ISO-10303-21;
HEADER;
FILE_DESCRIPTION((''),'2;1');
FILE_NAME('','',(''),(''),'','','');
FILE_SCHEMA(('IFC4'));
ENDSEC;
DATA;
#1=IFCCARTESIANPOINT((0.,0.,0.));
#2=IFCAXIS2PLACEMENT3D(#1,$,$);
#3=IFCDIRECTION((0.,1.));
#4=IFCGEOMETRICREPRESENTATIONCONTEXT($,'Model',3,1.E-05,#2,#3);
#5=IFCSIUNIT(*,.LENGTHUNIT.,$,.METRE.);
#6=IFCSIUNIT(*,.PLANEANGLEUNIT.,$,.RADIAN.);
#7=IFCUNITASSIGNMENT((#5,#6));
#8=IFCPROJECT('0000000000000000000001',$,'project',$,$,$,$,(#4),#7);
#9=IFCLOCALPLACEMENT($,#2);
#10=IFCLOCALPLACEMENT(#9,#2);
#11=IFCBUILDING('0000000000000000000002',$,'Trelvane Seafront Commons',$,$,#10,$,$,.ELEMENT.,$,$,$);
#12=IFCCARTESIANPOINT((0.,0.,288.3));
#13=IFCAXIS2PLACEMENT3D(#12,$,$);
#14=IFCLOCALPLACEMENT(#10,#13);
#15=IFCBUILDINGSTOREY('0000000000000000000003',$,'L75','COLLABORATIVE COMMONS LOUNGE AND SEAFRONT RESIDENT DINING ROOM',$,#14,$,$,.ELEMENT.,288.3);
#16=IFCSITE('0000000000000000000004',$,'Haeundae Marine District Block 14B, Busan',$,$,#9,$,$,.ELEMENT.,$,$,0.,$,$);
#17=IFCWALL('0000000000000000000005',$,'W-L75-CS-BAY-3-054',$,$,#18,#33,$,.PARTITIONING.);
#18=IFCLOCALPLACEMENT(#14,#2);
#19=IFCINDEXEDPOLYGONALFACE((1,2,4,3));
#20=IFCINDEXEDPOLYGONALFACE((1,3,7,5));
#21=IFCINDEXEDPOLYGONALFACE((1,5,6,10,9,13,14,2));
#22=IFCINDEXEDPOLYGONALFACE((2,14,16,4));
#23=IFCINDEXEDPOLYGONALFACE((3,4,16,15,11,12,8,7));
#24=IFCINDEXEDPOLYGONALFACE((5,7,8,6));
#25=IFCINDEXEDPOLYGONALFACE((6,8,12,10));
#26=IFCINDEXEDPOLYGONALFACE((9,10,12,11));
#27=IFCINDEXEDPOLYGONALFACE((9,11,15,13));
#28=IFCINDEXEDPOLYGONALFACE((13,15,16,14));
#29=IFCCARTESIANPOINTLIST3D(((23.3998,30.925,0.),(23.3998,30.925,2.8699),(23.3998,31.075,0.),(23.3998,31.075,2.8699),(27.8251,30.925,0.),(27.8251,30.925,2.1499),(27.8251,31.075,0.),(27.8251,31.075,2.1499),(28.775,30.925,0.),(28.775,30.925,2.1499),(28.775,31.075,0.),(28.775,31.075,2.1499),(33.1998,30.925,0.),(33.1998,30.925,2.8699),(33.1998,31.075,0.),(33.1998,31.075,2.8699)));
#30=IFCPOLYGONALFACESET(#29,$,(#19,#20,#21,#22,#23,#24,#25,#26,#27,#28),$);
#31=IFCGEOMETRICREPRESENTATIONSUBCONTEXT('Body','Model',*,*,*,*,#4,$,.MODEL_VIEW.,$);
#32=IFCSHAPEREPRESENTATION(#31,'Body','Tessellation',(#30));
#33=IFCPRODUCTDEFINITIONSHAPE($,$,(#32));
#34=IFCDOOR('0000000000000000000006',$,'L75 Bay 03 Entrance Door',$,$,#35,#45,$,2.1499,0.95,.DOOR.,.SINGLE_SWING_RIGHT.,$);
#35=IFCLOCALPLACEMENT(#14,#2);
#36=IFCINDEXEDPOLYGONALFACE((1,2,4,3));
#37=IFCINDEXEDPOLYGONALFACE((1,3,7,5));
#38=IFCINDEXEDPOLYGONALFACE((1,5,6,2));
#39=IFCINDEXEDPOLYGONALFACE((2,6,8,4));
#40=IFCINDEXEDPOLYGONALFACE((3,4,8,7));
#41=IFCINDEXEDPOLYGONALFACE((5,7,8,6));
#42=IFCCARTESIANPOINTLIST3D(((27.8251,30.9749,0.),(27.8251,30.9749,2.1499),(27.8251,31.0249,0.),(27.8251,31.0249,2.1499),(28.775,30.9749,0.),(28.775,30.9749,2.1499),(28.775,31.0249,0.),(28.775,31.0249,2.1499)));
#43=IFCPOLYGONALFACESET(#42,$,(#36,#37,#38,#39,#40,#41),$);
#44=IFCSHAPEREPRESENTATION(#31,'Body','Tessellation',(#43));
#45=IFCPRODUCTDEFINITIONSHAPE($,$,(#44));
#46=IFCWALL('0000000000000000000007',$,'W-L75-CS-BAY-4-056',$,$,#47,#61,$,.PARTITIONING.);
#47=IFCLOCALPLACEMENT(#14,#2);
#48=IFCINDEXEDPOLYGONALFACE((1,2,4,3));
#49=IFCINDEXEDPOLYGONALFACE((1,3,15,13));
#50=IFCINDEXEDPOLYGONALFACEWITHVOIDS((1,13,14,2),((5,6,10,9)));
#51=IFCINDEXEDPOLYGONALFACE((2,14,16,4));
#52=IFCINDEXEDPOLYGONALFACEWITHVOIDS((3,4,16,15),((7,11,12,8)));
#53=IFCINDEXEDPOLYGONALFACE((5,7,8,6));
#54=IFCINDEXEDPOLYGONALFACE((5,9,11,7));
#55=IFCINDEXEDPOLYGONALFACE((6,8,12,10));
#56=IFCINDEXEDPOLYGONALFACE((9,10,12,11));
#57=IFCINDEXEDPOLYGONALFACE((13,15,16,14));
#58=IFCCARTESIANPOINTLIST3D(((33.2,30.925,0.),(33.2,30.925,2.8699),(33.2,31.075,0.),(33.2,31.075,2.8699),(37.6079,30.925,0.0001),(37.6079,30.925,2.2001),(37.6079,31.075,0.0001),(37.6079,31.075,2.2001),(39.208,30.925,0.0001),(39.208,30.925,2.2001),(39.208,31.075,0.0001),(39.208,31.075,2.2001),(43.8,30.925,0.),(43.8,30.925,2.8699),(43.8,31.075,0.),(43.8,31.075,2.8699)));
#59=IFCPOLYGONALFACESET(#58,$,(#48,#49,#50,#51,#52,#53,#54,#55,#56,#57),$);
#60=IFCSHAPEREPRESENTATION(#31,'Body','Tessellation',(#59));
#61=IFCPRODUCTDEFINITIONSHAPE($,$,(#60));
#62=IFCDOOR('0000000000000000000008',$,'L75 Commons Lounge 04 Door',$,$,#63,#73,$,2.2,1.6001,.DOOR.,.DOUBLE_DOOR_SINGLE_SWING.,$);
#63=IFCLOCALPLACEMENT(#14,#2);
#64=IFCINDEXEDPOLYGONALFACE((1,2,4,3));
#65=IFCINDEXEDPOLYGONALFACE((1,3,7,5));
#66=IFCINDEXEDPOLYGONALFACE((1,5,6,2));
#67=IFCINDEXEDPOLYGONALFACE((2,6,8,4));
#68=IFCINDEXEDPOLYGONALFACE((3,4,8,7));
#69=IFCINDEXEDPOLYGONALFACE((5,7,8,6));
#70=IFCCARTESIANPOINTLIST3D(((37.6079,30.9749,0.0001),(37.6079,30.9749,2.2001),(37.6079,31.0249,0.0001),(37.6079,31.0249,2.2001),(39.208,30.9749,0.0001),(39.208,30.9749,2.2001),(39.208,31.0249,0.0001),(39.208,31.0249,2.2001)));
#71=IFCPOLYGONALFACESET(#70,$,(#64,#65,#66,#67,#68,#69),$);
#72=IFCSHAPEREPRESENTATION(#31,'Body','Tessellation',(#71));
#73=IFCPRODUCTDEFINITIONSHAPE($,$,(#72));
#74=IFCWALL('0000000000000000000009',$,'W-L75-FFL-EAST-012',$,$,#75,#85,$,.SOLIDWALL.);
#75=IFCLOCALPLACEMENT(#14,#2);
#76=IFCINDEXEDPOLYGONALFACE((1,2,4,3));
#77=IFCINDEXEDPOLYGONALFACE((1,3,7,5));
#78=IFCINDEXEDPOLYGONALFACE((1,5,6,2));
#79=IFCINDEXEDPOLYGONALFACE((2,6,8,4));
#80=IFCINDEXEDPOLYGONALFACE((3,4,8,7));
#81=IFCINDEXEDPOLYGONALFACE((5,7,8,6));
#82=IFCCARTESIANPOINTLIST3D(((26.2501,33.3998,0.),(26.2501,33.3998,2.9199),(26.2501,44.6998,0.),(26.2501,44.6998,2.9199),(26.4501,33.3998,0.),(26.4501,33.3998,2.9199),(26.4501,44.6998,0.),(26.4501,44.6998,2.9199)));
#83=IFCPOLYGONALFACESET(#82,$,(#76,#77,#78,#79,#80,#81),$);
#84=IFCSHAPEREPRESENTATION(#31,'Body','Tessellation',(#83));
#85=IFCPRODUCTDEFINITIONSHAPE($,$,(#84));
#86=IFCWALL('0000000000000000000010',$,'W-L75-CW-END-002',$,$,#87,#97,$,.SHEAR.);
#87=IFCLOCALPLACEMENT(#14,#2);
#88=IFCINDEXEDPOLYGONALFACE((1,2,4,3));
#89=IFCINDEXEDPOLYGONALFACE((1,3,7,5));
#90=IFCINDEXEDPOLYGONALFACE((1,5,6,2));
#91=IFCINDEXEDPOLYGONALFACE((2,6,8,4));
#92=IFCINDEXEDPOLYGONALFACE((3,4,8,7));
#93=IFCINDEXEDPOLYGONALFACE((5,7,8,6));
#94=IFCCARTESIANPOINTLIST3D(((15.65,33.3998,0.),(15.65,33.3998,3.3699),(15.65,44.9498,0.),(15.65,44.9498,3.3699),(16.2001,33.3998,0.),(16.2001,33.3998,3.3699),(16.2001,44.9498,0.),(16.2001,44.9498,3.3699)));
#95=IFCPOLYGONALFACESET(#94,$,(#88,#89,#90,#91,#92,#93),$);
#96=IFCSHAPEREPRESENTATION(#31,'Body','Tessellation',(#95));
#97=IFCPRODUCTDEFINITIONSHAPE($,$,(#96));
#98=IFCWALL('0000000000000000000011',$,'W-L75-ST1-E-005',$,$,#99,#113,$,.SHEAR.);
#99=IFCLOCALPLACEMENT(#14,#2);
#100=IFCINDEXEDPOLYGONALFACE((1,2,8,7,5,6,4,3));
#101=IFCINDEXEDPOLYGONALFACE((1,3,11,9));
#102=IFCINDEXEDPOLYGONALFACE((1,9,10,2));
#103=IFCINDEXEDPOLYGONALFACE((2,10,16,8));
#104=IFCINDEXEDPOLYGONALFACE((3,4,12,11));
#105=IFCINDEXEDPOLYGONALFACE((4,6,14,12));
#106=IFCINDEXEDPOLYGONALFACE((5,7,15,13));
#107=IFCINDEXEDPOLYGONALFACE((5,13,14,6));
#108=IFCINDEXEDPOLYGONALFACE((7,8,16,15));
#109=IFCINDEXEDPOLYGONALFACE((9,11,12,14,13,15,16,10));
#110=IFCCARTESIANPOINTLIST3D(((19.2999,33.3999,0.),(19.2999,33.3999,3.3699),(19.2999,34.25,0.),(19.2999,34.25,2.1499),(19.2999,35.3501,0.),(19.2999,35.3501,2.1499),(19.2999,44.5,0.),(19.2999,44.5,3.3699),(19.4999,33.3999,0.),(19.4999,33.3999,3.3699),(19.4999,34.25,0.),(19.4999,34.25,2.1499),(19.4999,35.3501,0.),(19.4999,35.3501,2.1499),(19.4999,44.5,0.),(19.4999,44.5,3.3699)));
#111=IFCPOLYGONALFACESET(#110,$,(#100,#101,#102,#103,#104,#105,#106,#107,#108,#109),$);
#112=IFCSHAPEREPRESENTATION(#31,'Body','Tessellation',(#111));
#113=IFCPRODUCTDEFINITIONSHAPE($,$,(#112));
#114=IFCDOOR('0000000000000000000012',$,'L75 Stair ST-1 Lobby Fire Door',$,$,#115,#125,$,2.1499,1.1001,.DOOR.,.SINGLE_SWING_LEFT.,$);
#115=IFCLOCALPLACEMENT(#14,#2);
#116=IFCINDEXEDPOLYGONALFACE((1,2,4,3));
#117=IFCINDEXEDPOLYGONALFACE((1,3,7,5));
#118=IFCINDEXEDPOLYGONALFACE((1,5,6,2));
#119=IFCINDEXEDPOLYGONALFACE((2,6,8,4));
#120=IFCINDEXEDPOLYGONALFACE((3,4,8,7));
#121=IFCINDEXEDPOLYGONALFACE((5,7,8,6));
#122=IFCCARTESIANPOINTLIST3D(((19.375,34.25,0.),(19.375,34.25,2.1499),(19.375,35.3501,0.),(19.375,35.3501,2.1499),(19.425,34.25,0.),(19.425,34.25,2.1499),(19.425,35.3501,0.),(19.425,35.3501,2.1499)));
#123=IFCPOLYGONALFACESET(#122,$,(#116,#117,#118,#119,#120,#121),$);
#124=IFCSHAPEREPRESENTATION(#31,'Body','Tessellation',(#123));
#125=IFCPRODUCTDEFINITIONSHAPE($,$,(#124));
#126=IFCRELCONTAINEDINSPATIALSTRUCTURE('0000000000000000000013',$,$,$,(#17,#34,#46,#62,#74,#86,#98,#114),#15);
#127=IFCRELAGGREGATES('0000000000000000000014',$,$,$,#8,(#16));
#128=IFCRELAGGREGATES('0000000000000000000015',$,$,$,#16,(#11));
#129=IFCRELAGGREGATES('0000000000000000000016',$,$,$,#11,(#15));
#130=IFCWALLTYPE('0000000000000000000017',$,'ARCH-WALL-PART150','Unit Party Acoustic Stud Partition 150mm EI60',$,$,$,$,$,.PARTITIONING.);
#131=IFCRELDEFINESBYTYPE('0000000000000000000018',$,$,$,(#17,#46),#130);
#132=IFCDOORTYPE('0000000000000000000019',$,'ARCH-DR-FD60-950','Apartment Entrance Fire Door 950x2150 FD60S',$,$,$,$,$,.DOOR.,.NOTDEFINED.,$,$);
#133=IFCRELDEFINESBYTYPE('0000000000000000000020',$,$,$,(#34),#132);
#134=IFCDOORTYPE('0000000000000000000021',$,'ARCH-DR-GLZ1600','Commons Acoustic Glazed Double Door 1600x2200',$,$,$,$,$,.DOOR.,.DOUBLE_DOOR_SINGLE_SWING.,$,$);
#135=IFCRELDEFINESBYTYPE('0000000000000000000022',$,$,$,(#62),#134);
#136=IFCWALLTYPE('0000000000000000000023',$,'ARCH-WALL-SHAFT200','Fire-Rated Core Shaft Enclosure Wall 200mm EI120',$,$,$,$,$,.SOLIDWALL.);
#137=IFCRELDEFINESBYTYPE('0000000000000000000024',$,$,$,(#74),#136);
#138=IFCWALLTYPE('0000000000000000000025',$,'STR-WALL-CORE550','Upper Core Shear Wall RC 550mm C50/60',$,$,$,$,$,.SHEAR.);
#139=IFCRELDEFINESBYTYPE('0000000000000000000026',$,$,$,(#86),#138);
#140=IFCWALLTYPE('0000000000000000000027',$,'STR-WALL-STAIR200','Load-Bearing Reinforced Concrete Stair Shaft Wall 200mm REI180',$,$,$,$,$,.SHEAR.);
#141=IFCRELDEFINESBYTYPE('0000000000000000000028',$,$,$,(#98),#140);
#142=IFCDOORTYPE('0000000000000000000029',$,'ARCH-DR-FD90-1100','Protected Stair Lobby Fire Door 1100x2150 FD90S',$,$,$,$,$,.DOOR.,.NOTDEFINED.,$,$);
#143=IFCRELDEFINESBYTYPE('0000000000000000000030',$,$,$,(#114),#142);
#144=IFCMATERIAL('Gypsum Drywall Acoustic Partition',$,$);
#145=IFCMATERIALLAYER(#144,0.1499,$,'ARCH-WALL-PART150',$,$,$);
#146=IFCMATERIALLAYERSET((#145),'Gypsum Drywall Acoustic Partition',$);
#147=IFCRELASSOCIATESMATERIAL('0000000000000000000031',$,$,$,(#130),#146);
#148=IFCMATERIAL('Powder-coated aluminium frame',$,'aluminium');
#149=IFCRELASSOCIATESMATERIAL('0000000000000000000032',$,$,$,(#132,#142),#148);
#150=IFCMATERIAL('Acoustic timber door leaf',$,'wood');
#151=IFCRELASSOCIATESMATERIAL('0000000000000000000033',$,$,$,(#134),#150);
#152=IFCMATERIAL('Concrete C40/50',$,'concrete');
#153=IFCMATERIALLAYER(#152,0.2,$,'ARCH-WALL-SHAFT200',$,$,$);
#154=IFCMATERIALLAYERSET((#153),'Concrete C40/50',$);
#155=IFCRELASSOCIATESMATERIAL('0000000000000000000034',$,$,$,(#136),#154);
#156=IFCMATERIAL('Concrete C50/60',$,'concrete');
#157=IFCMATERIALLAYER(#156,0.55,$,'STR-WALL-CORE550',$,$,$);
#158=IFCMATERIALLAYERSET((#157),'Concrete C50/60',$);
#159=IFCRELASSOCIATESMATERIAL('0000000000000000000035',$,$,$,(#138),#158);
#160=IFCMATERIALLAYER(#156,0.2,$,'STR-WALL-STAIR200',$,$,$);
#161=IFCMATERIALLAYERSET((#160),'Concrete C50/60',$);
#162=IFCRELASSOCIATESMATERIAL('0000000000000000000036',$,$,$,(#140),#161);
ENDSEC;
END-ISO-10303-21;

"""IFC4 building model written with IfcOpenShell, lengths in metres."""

from ifc_helpers import new_model, si_unit, direction, frame, frame_2d, origin, place, context, subcontext, project, spatial, rectangle, extrude, source, transform, mapped, material, layer, layer_set, type_object, element, fill, save


model = new_model("IFC4")

# Units and contexts
model_context = context("Model", 3, precision=1e-05, world=origin(), true_north=direction((0.0, 1.0)))
body_context = subcontext(model_context, "Body", "Model", "MODEL_VIEW")
ifc_project = project(units=[si_unit("LENGTHUNIT", "METRE"), si_unit("PLANEANGLEUNIT", "RADIAN")], contexts=[model_context])

# Site, building, storey
site_placement = place(None, origin())
site = spatial("IfcSite", under=ifc_project, at=site_placement, Name="Haeundae Marine District Block 14B, Busan", CompositionType="ELEMENT", RefElevation=0.0)
building_placement = place(site_placement, origin())
building = spatial("IfcBuilding", under=site, at=building_placement, Name="Trelvane Seafront Commons", CompositionType="ELEMENT")
storey_placement = place(building_placement, frame((0.0, 0.0, 288.3)))
storey = spatial("IfcBuildingStorey", under=building, at=storey_placement, Name="L75", Description="COLLABORATIVE COMMONS LOUNGE AND SEAFRONT RESIDENT DINING ROOM", CompositionType="ELEMENT", Elevation=288.3)

# Shared definitions
ifc_material_1 = material(Name="Concrete C50/60", Category="concrete")

# Shared definitions
ifc_material_2 = material(Name="Concrete C40/50", Category="concrete")
ifc_material_3 = material(Name="Powder-coated aluminium frame", Category="aluminium")
shared_shape_1 = source(origin(), body_context, "Body", "SweptSolid", [
    extrude(rectangle(XDim=1.6001, YDim=2.2, at=frame_2d((0.8, 1.1001))), frame((0.0, 0.0249, 0.0), z_axis=(0.0, -1.0, 0.0), x_axis=(1.0, 0.0, 0.0)), (0.0, 0.0, 1.0), 0.05),
])
ifc_material_4 = material(Name="Acoustic timber door leaf", Category="wood")
shared_shape_2 = source(origin(), body_context, "Body", "SweptSolid", [
    extrude(rectangle(XDim=0.95, YDim=2.1499, at=frame_2d((0.4751, 1.075))), frame((0.0, 0.0249, 0.0), z_axis=(0.0, -1.0, 0.0), x_axis=(1.0, 0.0, 0.0)), (0.0, 0.0, 1.0), 0.05),
])
ifc_material_5 = material(Name="Gypsum Drywall Acoustic Partition")

# Shared definitions
ifc_layer_1 = layer(ifc_material_5, 0.1499, Name="ARCH-WALL-PART150")
ifc_layer_set_1 = layer_set([ifc_layer_1], Name="Gypsum Drywall Acoustic Partition")
wall_type_1 = type_object("IfcWallType", Name="ARCH-WALL-PART150", Description="Unit Party Acoustic Stud Partition 150mm EI60", PredefinedType="PARTITIONING", material=ifc_layer_set_1)

# Walls, openings, doors
wall_1_placement = place(storey_placement, frame((23.3999, 31.0, 0.0), z_axis=(0.0, 0.0, 1.0), x_axis=(1.0, 0.0, 0.0)))
wall_1 = element("IfcWall", 1, at=wall_1_placement, inside=storey, type_object=wall_type_1, Name="W-L75-CS-BAY-3-054", PredefinedType="PARTITIONING", context=body_context, shape_type="SweptSolid", body=[
    extrude(rectangle(XDim=9.8, YDim=0.1499, at=frame_2d((4.8999, 0.0))), origin(), (0.0, 0.0, 1.0), 2.8699),
])
opening_1_placement = place(wall_1_placement, frame((4.425, 0.0, 0.0)))
opening_1 = element("IfcOpeningElement", 2, at=opening_1_placement, cuts=wall_1, PredefinedType="OPENING", context=body_context, shape_type="SweptSolid", body=[
    extrude(rectangle(XDim=0.95, YDim=2.1499, at=frame_2d((0.4751, 1.075))), frame((0.0, 0.085, 0.0), z_axis=(0.0, -1.0, 0.0), x_axis=(1.0, 0.0, 0.0)), (0.0, 0.0, 1.0), 0.1699),
])
door_type_1 = type_object("IfcDoorType", Name="ARCH-DR-FD60-950", Description="Apartment Entrance Fire Door 950x2150 FD60S", OperationType="NOTDEFINED", PredefinedType="DOOR", material=ifc_material_3)
door_1_placement = place(opening_1_placement, origin())
door_1 = element("IfcDoor", 3, at=door_1_placement, inside=storey, type_object=door_type_1, Name="L75 Bay 03 Entrance Door", OperationType="SINGLE_SWING_RIGHT", OverallHeight=2.1499, OverallWidth=0.95, PredefinedType="DOOR", context=body_context, shape_type="MappedRepresentation", body=[
    mapped(shared_shape_2, transform((0.0, 0.0, 0.0), x_axis=(1.0, 0.0, 0.0), y_axis=(0.0, 1.0, 0.0), z_axis=(0.0, 0.0, 1.0), scale=1.0)),
])
fill(opening_1, door_1)
wall_2_placement = place(storey_placement, frame((33.2, 31.0, 0.0), z_axis=(0.0, 0.0, 1.0), x_axis=(1.0, 0.0, 0.0)))
wall_2 = element("IfcWall", 4, at=wall_2_placement, inside=storey, type_object=wall_type_1, Name="W-L75-CS-BAY-4-056", PredefinedType="PARTITIONING", context=body_context, shape_type="SweptSolid", body=[
    extrude(rectangle(XDim=10.6001, YDim=0.1499, at=frame_2d((5.3, 0.0))), origin(), (0.0, 0.0, 1.0), 2.8699),
])
opening_2_placement = place(wall_2_placement, frame((4.408, 0.0, 0.0)))
opening_2 = element("IfcOpeningElement", 5, at=opening_2_placement, cuts=wall_2, PredefinedType="OPENING", context=body_context, shape_type="SweptSolid", body=[
    extrude(rectangle(XDim=1.6001, YDim=2.2, at=frame_2d((0.8, 1.1001))), frame((0.0, 0.085, 0.0), z_axis=(0.0, -1.0, 0.0), x_axis=(1.0, 0.0, 0.0)), (0.0, 0.0, 1.0), 0.1699),
])
door_type_2 = type_object("IfcDoorType", Name="ARCH-DR-GLZ1600", Description="Commons Acoustic Glazed Double Door 1600x2200", OperationType="DOUBLE_DOOR_SINGLE_SWING", PredefinedType="DOOR", material=ifc_material_4)
door_2_placement = place(opening_2_placement, origin())
door_2 = element("IfcDoor", 6, at=door_2_placement, inside=storey, type_object=door_type_2, Name="L75 Commons Lounge 04 Door", OperationType="DOUBLE_DOOR_SINGLE_SWING", OverallHeight=2.2, OverallWidth=1.6001, PredefinedType="DOOR", context=body_context, shape_type="MappedRepresentation", body=[
    mapped(shared_shape_1, transform((0.0, 0.0, 0.0), x_axis=(1.0, 0.0, 0.0), y_axis=(0.0, 1.0, 0.0), z_axis=(0.0, 0.0, 1.0), scale=1.0)),
])
fill(opening_2, door_2)

# Walls
ifc_layer_2 = layer(ifc_material_2, 0.2, Name="ARCH-WALL-SHAFT200")
ifc_layer_set_2 = layer_set([ifc_layer_2], Name="Concrete C40/50")
wall_type_2 = type_object("IfcWallType", Name="ARCH-WALL-SHAFT200", Description="Fire-Rated Core Shaft Enclosure Wall 200mm EI120", PredefinedType="SOLIDWALL", material=ifc_layer_set_2)
wall_3_placement = place(storey_placement, frame((26.3501, 33.3999, 0.0), z_axis=(0.0, 0.0, 1.0), x_axis=(0.0, 1.0, 0.0)))
element("IfcWall", 7, at=wall_3_placement, inside=storey, type_object=wall_type_2, Name="W-L75-FFL-EAST-012", PredefinedType="SOLIDWALL", context=body_context, shape_type="SweptSolid", body=[
    extrude(rectangle(XDim=11.3, YDim=0.2, at=frame_2d((5.6499, 0.0))), origin(), (0.0, 0.0, 1.0), 2.9199),
])
ifc_layer_3 = layer(ifc_material_1, 0.55, Name="STR-WALL-CORE550")
ifc_layer_set_3 = layer_set([ifc_layer_3], Name="Concrete C50/60")
wall_type_3 = type_object("IfcWallType", Name="STR-WALL-CORE550", Description="Upper Core Shear Wall RC 550mm C50/60", PredefinedType="SHEAR", material=ifc_layer_set_3)
wall_4_placement = place(storey_placement, frame((15.925, 33.3999, 0.0), z_axis=(0.0, 0.0, 1.0), x_axis=(0.0, 1.0, 0.0)))
element("IfcWall", 8, at=wall_4_placement, inside=storey, type_object=wall_type_3, Name="W-L75-CW-END-002", PredefinedType="SHEAR", context=body_context, shape_type="SweptSolid", body=[
    extrude(rectangle(XDim=11.55, YDim=0.55, at=frame_2d((5.7749, 0.0))), origin(), (0.0, 0.0, 1.0), 3.3699),
])

# Wall, opening, door
ifc_layer_4 = layer(ifc_material_1, 0.2, Name="STR-WALL-STAIR200")
ifc_layer_set_4 = layer_set([ifc_layer_4], Name="Concrete C50/60")
wall_type_4 = type_object("IfcWallType", Name="STR-WALL-STAIR200", Description="Load-Bearing Reinforced Concrete Stair Shaft Wall 200mm REI180", PredefinedType="SHEAR", material=ifc_layer_set_4)
wall_5_placement = place(storey_placement, frame((19.3999, 33.3999, 0.0), z_axis=(0.0, 0.0, 1.0), x_axis=(0.0, 1.0, 0.0)))
wall_5 = element("IfcWall", 9, at=wall_5_placement, inside=storey, type_object=wall_type_4, Name="W-L75-ST1-E-005", PredefinedType="SHEAR", context=body_context, shape_type="SweptSolid", body=[
    extrude(rectangle(XDim=11.1001, YDim=0.2, at=frame_2d((5.55, 0.0))), origin(), (0.0, 0.0, 1.0), 3.3699),
])
opening_3_placement = place(wall_5_placement, frame((0.8501, 0.0, 0.0)))
opening_3 = element("IfcOpeningElement", 10, at=opening_3_placement, cuts=wall_5, PredefinedType="OPENING", context=body_context, shape_type="SweptSolid", body=[
    extrude(rectangle(XDim=1.1001, YDim=2.1499, at=frame_2d((0.55, 1.075))), frame((0.0, 0.1099, 0.0), z_axis=(0.0, -1.0, 0.0), x_axis=(1.0, 0.0, 0.0)), (0.0, 0.0, 1.0), 0.22),
])
door_type_3 = type_object("IfcDoorType", Name="ARCH-DR-FD90-1100", Description="Protected Stair Lobby Fire Door 1100x2150 FD90S", OperationType="NOTDEFINED", PredefinedType="DOOR", material=ifc_material_3)
shared_shape_3 = source(origin(), body_context, "Body", "SweptSolid", [
    extrude(rectangle(XDim=1.1001, YDim=2.1499, at=frame_2d((0.55, 1.075))), frame((0.0, 0.0249, 0.0), z_axis=(0.0, -1.0, 0.0), x_axis=(1.0, 0.0, 0.0)), (0.0, 0.0, 1.0), 0.05),
])
door_3_placement = place(opening_3_placement, origin())
door_3 = element("IfcDoor", 11, at=door_3_placement, inside=storey, type_object=door_type_3, Name="L75 Stair ST-1 Lobby Fire Door", OperationType="SINGLE_SWING_LEFT", OverallHeight=2.1499, OverallWidth=1.1001, PredefinedType="DOOR", context=body_context, shape_type="MappedRepresentation", body=[
    mapped(shared_shape_3, transform((0.0, 0.0, 0.0), x_axis=(1.0, 0.0, 0.0), y_axis=(0.0, 1.0, 0.0), z_axis=(0.0, 0.0, 1.0), scale=1.0)),
])
fill(opening_3, door_3)

save(model, "model.ifc")
